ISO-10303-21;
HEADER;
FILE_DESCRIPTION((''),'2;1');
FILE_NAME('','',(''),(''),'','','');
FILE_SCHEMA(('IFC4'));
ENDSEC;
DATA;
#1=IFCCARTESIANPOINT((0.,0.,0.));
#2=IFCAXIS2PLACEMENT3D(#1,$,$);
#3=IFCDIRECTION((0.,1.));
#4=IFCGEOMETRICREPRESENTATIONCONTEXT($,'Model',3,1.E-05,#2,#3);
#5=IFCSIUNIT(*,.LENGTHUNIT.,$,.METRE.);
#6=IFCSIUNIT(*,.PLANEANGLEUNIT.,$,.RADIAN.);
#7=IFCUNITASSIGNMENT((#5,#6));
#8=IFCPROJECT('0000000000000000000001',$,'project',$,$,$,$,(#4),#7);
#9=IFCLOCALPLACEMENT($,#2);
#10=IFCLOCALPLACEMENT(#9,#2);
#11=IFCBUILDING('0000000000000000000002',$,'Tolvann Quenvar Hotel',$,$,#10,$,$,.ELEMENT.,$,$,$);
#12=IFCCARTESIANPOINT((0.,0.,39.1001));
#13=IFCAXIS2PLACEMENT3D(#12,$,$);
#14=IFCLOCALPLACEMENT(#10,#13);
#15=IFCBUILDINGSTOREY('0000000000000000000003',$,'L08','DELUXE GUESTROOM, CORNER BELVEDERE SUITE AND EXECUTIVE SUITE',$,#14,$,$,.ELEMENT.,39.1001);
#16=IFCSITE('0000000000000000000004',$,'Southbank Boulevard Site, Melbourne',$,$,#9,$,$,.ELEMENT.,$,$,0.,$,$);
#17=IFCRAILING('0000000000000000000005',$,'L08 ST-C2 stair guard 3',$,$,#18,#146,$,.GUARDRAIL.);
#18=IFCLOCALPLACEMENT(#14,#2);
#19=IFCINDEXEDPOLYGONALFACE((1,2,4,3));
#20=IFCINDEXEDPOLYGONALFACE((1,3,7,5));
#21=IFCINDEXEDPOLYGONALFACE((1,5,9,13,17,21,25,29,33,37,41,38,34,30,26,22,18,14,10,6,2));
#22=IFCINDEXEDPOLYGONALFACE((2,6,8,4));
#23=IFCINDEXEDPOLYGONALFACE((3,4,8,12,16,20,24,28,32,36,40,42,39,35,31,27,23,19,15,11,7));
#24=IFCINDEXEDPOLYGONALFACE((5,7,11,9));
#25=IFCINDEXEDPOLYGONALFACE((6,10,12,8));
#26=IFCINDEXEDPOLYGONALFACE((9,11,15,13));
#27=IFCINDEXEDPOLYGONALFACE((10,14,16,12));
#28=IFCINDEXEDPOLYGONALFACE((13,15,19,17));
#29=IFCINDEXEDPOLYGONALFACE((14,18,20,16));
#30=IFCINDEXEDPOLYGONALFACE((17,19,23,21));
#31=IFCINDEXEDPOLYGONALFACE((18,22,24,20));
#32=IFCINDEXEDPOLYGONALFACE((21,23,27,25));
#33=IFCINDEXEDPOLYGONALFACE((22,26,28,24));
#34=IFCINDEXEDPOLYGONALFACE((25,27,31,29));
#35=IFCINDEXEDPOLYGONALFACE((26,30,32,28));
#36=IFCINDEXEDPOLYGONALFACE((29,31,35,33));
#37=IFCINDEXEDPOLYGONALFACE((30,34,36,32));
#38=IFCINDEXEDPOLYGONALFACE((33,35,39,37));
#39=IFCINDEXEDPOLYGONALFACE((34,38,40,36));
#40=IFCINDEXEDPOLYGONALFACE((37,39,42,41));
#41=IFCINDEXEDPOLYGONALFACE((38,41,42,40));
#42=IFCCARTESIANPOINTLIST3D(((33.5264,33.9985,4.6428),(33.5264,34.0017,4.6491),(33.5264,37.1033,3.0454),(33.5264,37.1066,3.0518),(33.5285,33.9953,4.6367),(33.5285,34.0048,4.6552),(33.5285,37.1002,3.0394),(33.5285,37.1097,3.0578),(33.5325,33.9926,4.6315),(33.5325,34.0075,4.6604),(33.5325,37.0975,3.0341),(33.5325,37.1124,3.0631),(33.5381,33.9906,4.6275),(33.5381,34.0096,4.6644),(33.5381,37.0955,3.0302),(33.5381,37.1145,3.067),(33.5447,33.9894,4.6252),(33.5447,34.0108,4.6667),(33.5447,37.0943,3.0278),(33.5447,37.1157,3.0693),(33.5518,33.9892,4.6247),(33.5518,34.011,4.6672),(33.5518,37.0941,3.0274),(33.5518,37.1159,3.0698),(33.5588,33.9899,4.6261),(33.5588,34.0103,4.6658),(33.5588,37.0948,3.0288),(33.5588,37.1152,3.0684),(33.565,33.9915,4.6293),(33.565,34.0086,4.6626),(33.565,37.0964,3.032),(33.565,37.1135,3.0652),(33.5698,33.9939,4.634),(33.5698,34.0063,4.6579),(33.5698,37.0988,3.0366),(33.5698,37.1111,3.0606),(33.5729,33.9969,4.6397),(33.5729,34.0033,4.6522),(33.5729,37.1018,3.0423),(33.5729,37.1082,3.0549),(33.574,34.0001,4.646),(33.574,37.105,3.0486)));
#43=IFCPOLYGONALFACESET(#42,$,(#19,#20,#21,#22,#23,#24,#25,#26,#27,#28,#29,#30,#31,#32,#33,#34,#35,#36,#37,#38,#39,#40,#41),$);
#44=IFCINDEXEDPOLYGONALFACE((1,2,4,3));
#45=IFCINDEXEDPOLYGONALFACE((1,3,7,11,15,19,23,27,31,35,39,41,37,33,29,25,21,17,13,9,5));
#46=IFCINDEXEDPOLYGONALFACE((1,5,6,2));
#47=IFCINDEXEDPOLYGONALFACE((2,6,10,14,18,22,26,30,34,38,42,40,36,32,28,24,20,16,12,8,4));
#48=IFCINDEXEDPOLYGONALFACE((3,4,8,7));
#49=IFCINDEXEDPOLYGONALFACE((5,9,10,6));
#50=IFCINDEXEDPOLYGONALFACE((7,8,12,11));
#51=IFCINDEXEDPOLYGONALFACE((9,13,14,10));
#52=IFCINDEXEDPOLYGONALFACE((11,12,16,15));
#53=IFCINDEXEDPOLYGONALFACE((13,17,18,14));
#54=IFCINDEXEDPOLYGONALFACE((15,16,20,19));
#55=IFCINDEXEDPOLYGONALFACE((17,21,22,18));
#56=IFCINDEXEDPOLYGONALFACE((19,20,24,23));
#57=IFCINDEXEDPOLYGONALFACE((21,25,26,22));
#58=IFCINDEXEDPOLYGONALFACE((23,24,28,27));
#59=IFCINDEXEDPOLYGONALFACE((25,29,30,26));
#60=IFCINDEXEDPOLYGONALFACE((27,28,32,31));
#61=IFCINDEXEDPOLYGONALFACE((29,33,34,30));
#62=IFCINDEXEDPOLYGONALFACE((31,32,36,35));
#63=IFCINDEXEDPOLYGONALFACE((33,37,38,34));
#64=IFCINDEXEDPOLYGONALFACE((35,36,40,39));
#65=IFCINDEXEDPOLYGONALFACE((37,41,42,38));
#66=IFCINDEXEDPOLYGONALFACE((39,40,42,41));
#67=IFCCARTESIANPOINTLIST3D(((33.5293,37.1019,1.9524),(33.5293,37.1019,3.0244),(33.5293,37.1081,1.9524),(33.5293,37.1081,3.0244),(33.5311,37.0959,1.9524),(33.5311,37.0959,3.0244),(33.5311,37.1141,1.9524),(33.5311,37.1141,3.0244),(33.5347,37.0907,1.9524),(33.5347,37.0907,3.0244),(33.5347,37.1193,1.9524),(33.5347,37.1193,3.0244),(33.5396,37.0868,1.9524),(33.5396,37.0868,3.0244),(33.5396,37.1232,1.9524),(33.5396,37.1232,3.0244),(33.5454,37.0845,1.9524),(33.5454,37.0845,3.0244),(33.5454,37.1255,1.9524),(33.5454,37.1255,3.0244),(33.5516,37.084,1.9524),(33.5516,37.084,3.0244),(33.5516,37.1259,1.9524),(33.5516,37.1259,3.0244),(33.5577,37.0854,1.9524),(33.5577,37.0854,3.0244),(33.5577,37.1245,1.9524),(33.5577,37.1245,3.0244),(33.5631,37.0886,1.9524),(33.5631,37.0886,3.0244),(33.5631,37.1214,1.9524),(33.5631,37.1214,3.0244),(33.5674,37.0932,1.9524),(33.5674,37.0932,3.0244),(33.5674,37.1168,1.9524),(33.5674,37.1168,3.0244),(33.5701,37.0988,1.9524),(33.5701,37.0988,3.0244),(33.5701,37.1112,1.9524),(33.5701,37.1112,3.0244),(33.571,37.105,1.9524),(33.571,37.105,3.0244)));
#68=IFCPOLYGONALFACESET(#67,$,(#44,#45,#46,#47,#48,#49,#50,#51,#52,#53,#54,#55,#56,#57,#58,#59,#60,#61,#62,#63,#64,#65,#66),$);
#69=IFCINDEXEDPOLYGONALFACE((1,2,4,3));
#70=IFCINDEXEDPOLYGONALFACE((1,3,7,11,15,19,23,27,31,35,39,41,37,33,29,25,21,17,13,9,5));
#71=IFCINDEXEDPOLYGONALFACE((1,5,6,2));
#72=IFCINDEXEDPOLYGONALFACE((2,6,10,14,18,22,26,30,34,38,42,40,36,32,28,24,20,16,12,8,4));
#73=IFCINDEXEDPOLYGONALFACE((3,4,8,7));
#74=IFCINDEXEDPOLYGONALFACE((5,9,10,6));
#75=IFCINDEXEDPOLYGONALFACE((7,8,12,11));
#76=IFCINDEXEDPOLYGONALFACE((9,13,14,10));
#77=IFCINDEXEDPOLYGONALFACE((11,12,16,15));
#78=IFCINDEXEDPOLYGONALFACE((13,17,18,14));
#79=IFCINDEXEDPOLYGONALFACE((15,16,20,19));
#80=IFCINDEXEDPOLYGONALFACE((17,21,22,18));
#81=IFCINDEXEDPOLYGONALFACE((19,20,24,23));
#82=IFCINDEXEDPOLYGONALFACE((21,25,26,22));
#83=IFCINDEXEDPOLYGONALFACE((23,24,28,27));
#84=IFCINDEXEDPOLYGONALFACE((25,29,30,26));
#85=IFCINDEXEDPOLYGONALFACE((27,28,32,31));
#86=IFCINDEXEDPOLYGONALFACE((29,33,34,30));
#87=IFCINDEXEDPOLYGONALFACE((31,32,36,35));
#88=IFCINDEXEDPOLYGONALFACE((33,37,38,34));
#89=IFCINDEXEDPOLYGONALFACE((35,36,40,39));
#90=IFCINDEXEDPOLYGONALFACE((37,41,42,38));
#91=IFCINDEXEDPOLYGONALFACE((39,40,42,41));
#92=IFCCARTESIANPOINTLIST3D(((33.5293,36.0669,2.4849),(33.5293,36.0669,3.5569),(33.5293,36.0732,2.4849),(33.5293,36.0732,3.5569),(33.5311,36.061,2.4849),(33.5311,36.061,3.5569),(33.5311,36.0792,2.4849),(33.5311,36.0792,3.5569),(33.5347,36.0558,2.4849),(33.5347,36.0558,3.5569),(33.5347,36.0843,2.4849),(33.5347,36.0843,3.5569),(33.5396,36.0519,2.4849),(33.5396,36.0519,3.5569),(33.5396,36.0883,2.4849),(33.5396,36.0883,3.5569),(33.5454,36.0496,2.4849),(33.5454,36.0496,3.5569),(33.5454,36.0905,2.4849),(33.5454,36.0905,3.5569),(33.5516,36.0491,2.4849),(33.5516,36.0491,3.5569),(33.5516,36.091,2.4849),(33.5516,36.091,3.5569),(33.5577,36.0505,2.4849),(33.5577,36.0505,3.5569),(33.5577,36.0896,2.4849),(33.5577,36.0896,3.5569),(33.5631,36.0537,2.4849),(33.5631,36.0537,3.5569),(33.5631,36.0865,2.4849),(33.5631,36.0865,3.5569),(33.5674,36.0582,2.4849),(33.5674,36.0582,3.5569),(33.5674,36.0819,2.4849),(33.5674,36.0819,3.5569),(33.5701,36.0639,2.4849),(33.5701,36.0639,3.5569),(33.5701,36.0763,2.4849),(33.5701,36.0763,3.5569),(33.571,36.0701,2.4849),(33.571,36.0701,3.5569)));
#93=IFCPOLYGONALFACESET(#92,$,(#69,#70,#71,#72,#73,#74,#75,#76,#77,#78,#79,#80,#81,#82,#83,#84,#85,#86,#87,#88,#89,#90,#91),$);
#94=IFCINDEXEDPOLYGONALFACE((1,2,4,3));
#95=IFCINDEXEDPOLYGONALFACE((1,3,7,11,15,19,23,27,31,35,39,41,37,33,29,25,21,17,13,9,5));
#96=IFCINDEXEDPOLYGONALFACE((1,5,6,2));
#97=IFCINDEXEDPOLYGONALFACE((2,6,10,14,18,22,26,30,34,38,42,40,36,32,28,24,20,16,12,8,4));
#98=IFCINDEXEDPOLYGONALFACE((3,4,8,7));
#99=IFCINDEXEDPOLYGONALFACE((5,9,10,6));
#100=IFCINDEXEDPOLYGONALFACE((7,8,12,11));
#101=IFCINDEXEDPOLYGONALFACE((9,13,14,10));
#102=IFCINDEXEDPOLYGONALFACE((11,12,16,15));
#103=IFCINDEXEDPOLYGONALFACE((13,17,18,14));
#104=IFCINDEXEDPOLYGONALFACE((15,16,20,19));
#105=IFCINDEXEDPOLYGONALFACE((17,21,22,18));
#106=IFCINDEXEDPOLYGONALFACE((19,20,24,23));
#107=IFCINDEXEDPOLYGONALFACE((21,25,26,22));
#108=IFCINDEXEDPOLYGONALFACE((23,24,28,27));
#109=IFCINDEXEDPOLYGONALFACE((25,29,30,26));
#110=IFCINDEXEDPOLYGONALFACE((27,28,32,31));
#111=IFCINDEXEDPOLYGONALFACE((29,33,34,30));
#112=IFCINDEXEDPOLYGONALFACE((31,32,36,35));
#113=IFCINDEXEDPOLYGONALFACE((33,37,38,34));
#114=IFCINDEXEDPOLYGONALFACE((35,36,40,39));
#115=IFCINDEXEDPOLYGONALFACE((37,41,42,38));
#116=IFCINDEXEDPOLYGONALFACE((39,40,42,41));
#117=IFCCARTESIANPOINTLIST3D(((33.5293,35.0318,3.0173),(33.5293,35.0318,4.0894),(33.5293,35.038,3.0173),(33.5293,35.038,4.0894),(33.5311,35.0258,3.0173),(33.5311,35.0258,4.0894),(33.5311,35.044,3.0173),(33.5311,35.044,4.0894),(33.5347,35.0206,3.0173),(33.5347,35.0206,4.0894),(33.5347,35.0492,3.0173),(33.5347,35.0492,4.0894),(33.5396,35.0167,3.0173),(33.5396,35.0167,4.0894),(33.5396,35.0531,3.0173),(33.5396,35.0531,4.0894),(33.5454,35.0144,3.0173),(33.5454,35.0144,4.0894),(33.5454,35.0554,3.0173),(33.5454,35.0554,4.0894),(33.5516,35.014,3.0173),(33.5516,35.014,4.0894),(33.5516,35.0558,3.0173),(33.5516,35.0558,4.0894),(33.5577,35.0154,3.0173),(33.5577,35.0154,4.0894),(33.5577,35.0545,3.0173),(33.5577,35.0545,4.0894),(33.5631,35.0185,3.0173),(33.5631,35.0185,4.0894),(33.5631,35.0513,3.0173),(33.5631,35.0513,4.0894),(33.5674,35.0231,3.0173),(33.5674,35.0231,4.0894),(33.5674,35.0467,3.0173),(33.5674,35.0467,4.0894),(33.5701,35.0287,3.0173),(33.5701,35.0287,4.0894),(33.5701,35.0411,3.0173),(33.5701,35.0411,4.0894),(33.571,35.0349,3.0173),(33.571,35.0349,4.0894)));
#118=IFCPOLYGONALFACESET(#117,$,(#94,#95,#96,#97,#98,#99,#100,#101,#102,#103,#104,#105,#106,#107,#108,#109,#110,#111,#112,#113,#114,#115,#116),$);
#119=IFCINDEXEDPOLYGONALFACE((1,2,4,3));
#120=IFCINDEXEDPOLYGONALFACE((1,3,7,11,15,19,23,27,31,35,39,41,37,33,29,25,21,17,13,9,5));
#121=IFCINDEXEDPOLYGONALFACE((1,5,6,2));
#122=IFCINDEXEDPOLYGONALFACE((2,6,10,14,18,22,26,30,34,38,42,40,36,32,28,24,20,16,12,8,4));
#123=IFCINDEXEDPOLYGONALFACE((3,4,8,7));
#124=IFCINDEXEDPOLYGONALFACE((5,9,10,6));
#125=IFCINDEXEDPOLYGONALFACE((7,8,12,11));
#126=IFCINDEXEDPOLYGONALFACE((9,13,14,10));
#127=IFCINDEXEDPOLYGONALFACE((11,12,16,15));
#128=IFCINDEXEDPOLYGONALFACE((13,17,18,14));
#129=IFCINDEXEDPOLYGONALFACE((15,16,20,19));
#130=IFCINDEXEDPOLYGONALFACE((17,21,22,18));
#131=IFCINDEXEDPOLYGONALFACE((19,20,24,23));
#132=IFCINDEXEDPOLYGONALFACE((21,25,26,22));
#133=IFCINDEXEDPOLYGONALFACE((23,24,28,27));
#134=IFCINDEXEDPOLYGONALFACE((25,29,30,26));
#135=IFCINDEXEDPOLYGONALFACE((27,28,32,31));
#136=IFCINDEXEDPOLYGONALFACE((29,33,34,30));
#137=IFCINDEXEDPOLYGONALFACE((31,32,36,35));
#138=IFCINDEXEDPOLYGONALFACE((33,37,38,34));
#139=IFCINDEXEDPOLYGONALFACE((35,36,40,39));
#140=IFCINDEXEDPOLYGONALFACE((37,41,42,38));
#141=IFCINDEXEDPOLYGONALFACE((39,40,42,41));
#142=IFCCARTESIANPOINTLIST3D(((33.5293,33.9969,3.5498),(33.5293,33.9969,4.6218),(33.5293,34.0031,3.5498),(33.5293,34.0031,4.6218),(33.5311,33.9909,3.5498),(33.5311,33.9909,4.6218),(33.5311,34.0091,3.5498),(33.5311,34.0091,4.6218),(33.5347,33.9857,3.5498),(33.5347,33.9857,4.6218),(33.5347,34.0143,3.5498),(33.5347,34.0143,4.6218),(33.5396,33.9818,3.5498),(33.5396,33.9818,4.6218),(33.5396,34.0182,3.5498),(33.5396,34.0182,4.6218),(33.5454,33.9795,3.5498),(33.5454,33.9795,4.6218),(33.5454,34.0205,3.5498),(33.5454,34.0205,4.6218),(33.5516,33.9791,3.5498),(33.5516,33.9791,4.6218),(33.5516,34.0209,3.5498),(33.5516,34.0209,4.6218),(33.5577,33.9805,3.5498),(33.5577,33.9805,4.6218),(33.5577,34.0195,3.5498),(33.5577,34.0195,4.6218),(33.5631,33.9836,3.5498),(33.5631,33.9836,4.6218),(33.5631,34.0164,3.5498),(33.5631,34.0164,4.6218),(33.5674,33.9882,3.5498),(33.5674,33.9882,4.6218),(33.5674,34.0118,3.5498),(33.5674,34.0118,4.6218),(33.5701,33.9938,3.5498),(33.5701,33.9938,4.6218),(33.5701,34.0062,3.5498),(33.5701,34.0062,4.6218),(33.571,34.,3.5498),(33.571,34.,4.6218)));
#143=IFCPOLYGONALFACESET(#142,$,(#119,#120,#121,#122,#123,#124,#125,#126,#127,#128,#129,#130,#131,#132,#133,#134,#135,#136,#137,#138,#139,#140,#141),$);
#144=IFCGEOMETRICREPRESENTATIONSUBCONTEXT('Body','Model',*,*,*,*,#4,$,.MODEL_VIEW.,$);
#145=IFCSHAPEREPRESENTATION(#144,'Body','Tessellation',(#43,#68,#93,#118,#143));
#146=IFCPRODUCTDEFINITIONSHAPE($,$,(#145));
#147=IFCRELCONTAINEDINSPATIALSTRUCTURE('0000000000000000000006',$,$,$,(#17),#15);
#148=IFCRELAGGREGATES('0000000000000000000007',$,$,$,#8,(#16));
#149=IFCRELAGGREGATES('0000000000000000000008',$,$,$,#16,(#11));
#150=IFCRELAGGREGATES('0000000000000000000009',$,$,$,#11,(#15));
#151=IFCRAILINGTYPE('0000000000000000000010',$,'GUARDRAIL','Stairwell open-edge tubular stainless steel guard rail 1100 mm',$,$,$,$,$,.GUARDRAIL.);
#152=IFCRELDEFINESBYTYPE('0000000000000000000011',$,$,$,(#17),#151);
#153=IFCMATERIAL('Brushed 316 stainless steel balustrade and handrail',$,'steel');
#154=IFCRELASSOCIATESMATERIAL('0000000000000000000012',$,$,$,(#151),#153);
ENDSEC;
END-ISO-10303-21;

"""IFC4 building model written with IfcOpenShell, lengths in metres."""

from ifc_helpers import new_model, si_unit, direction, frame, origin, origin_2d, place, context, subcontext, project, spatial, circle, extrude, material, type_object, element, save


model = new_model("IFC4")

# Units and contexts
model_context = context("Model", 3, precision=1e-05, world=origin(), true_north=direction((0.0, 1.0)))
body_context = subcontext(model_context, "Body", "Model", "MODEL_VIEW")
ifc_project = project(units=[si_unit("LENGTHUNIT", "METRE"), si_unit("PLANEANGLEUNIT", "RADIAN")], contexts=[model_context])

# Site, building, storey
site_placement = place(None, origin())
site = spatial("IfcSite", under=ifc_project, at=site_placement, Name="Southbank Boulevard Site, Melbourne", CompositionType="ELEMENT", RefElevation=0.0)
building_placement = place(site_placement, origin())
building = spatial("IfcBuilding", under=site, at=building_placement, Name="Tolvann Quenvar Hotel", CompositionType="ELEMENT")
storey_placement = place(building_placement, frame((0.0, 0.0, 39.1001)))
storey = spatial("IfcBuildingStorey", under=building, at=storey_placement, Name="L08", Description="DELUXE GUESTROOM, CORNER BELVEDERE SUITE AND EXECUTIVE SUITE", CompositionType="ELEMENT", Elevation=39.1001)

# Railing
ifc_material_1 = material(Name="Brushed 316 stainless steel balustrade and handrail", Category="steel")
railing_type_1 = type_object("IfcRailingType", Name="GUARDRAIL", Description="Stairwell open-edge tubular stainless steel guard rail 1100 mm", PredefinedType="GUARDRAIL", material=ifc_material_1)
railing_1_placement = place(storey_placement, frame((33.55, 37.105, 1.9524)))
element("IfcRailing", 1, at=railing_1_placement, inside=storey, type_object=railing_type_1, Name="L08 ST-C2 stair guard 3", PredefinedType="GUARDRAIL", context=body_context, shape_type="SweptSolid", body=[
    extrude(circle(Radius=0.0239, at=origin_2d()), frame((0.0, 0.0, 1.0962), z_axis=(0.0, -0.889222, 0.457476), x_axis=(1.0, 0.0, 0.0)), (0.0, 0.0, 1.0), 3.4917),
    extrude(circle(Radius=0.021, at=origin_2d()), origin(), (0.0, 0.0, 1.0), 1.072),
    extrude(circle(Radius=0.021, at=origin_2d()), frame((0.0, -1.0349, 0.5325)), (0.0, 0.0, 1.0), 1.072),
    extrude(circle(Radius=0.021, at=origin_2d()), frame((0.0, -2.0701, 1.0649)), (0.0, 0.0, 1.0), 1.072),
    extrude(circle(Radius=0.021, at=origin_2d()), frame((0.0, -3.105, 1.5974)), (0.0, 0.0, 1.0), 1.072),
])

save(model, "model.ifc")
